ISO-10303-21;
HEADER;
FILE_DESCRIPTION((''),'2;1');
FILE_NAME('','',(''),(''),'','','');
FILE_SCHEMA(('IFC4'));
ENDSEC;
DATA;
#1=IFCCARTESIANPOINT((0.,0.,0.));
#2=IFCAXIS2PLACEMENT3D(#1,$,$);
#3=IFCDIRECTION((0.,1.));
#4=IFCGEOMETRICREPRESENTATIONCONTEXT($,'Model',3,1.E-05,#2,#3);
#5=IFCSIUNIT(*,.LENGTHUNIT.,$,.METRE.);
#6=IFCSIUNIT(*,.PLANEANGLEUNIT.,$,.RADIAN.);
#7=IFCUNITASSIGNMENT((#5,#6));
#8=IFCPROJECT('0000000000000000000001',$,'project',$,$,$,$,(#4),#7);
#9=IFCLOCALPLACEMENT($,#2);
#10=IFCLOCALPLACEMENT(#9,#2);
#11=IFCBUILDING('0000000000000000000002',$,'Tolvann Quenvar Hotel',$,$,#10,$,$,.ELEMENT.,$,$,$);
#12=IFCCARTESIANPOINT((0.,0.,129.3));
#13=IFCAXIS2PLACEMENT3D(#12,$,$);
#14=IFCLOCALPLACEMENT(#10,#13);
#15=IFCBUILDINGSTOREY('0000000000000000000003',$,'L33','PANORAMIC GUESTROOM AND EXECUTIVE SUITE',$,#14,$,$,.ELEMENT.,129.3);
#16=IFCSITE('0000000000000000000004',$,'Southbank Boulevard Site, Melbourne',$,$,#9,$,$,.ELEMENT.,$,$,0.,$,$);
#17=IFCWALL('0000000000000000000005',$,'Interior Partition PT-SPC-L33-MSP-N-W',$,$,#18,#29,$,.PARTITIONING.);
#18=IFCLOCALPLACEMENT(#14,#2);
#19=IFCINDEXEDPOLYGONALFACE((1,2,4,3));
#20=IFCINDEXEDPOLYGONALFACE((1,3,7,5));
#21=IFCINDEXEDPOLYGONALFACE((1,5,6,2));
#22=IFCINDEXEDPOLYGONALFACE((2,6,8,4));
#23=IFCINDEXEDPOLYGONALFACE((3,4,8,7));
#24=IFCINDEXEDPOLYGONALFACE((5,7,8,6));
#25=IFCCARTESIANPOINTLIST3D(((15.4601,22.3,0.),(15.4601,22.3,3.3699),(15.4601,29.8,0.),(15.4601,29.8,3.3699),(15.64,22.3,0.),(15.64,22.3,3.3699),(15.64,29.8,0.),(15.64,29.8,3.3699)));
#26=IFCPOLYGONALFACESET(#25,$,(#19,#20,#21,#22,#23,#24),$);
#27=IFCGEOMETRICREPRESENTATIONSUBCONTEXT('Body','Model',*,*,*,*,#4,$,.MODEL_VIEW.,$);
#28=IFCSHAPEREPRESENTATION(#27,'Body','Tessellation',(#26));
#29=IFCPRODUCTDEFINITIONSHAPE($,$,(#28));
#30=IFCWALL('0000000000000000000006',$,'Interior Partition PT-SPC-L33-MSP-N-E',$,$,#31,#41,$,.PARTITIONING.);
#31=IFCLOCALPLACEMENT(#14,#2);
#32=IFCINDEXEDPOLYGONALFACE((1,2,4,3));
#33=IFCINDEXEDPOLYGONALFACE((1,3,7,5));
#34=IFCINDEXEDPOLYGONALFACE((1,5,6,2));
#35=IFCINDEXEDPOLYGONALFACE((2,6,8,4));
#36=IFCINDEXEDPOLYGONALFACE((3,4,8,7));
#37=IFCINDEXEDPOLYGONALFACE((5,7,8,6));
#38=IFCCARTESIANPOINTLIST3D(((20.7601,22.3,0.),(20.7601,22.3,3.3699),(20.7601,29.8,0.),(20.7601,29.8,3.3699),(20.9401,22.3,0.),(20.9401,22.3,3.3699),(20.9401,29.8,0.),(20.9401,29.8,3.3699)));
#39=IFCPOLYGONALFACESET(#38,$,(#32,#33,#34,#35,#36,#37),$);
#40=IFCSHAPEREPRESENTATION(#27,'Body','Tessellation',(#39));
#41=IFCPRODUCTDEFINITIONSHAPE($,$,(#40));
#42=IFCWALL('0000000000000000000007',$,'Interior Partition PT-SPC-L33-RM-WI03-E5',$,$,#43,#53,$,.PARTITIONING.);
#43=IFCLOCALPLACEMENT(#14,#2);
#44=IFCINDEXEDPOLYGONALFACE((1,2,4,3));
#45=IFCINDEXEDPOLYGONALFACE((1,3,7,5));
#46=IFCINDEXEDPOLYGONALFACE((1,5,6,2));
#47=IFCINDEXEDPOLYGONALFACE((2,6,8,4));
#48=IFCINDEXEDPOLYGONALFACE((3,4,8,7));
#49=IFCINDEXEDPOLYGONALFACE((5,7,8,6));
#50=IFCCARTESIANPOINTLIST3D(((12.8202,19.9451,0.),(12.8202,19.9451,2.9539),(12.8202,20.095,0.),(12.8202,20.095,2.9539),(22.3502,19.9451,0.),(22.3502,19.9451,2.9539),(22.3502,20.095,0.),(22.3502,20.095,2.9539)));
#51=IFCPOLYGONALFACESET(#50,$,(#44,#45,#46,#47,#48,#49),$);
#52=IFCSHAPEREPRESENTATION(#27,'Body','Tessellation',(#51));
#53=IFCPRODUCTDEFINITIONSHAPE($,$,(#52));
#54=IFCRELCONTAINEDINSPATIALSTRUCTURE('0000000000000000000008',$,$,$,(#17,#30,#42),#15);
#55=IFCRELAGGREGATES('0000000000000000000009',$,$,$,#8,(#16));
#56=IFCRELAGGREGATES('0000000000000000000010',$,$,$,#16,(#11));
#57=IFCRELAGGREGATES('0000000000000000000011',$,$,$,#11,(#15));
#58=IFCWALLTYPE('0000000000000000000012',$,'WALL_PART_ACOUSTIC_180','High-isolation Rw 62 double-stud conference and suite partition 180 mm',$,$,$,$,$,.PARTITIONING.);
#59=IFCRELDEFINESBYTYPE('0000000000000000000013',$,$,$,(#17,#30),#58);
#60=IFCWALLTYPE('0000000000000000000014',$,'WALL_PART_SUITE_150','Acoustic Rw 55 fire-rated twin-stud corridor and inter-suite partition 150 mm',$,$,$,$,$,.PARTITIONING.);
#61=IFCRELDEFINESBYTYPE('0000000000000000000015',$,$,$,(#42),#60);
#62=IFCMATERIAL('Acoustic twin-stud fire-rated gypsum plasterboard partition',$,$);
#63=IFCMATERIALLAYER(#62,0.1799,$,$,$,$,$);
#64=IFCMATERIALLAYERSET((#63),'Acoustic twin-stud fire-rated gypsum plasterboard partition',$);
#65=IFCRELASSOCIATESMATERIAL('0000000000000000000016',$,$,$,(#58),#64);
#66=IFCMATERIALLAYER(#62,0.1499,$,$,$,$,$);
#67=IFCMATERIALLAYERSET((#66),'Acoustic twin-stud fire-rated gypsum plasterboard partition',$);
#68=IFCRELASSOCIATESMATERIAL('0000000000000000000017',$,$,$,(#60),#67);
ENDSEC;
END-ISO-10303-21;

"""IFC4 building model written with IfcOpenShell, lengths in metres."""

from ifc_helpers import new_model, si_unit, direction, frame, frame_2d, origin, place, context, subcontext, project, spatial, rectangle, extrude, material, layer, layer_set, type_object, element, save


model = new_model("IFC4")

# Units and contexts
model_context = context("Model", 3, precision=1e-05, world=origin(), true_north=direction((0.0, 1.0)))
body_context = subcontext(model_context, "Body", "Model", "MODEL_VIEW")
ifc_project = project(units=[si_unit("LENGTHUNIT", "METRE"), si_unit("PLANEANGLEUNIT", "RADIAN")], contexts=[model_context])

# Site, building, storey
site_placement = place(None, origin())
site = spatial("IfcSite", under=ifc_project, at=site_placement, Name="Southbank Boulevard Site, Melbourne", CompositionType="ELEMENT", RefElevation=0.0)
building_placement = place(site_placement, origin())
building = spatial("IfcBuilding", under=site, at=building_placement, Name="Tolvann Quenvar Hotel", CompositionType="ELEMENT")
storey_placement = place(building_placement, frame((0.0, 0.0, 129.3)))
storey = spatial("IfcBuildingStorey", under=building, at=storey_placement, Name="L33", Description="PANORAMIC GUESTROOM AND EXECUTIVE SUITE", CompositionType="ELEMENT", Elevation=129.3)

# Shared definitions
ifc_material_1 = material(Name="Acoustic twin-stud fire-rated gypsum plasterboard partition")
ifc_layer_1 = layer(ifc_material_1, 0.1799)
ifc_layer_set_1 = layer_set([ifc_layer_1], Name="Acoustic twin-stud fire-rated gypsum plasterboard partition")
wall_type_1 = type_object("IfcWallType", Name="WALL_PART_ACOUSTIC_180", Description="High-isolation Rw 62 double-stud conference and suite partition 180 mm", PredefinedType="PARTITIONING", material=ifc_layer_set_1)

# Walls
for number, where, z_axis, x_axis, name in (
    (1, (15.55, 22.3, 0.0), (0.0, 0.0, 1.0), (0.0, 1.0, 0.0), "Interior Partition PT-SPC-L33-MSP-N-W"),
    (2, (20.8501, 22.3, 0.0), (0.0, 0.0, 1.0), (0.0, 1.0, 0.0), "Interior Partition PT-SPC-L33-MSP-N-E"),
):
    element("IfcWall", number, at=place(storey_placement, frame(where, z_axis=z_axis, x_axis=x_axis)), inside=storey, type_object=wall_type_1, Name=name, PredefinedType="PARTITIONING", context=body_context, shape_type="SweptSolid", body=[
        extrude(rectangle(XDim=7.5, YDim=0.1799, at=frame_2d((3.75, 0.0))), origin(), (0.0, 0.0, 1.0), 3.3699),
    ])

# Shared definitions
ifc_layer_2 = layer(ifc_material_1, 0.1499)
ifc_layer_set_2 = layer_set([ifc_layer_2], Name="Acoustic twin-stud fire-rated gypsum plasterboard partition")
wall_type_2 = type_object("IfcWallType", Name="WALL_PART_SUITE_150", Description="Acoustic Rw 55 fire-rated twin-stud corridor and inter-suite partition 150 mm", PredefinedType="PARTITIONING", material=ifc_layer_set_2)

# Wall
wall_1_placement = place(storey_placement, frame((12.8201, 20.02, 0.0), z_axis=(0.0, 0.0, 1.0), x_axis=(1.0, 0.0, 0.0)))
element("IfcWall", 3, at=wall_1_placement, inside=storey, type_object=wall_type_2, Name="Interior Partition PT-SPC-L33-RM-WI03-E5", PredefinedType="PARTITIONING", context=body_context, shape_type="SweptSolid", body=[
    extrude(rectangle(XDim=9.53, YDim=0.1499, at=frame_2d((4.7651, 0.0))), origin(), (0.0, 0.0, 1.0), 2.9539),
])

save(model, "model.ifc")
